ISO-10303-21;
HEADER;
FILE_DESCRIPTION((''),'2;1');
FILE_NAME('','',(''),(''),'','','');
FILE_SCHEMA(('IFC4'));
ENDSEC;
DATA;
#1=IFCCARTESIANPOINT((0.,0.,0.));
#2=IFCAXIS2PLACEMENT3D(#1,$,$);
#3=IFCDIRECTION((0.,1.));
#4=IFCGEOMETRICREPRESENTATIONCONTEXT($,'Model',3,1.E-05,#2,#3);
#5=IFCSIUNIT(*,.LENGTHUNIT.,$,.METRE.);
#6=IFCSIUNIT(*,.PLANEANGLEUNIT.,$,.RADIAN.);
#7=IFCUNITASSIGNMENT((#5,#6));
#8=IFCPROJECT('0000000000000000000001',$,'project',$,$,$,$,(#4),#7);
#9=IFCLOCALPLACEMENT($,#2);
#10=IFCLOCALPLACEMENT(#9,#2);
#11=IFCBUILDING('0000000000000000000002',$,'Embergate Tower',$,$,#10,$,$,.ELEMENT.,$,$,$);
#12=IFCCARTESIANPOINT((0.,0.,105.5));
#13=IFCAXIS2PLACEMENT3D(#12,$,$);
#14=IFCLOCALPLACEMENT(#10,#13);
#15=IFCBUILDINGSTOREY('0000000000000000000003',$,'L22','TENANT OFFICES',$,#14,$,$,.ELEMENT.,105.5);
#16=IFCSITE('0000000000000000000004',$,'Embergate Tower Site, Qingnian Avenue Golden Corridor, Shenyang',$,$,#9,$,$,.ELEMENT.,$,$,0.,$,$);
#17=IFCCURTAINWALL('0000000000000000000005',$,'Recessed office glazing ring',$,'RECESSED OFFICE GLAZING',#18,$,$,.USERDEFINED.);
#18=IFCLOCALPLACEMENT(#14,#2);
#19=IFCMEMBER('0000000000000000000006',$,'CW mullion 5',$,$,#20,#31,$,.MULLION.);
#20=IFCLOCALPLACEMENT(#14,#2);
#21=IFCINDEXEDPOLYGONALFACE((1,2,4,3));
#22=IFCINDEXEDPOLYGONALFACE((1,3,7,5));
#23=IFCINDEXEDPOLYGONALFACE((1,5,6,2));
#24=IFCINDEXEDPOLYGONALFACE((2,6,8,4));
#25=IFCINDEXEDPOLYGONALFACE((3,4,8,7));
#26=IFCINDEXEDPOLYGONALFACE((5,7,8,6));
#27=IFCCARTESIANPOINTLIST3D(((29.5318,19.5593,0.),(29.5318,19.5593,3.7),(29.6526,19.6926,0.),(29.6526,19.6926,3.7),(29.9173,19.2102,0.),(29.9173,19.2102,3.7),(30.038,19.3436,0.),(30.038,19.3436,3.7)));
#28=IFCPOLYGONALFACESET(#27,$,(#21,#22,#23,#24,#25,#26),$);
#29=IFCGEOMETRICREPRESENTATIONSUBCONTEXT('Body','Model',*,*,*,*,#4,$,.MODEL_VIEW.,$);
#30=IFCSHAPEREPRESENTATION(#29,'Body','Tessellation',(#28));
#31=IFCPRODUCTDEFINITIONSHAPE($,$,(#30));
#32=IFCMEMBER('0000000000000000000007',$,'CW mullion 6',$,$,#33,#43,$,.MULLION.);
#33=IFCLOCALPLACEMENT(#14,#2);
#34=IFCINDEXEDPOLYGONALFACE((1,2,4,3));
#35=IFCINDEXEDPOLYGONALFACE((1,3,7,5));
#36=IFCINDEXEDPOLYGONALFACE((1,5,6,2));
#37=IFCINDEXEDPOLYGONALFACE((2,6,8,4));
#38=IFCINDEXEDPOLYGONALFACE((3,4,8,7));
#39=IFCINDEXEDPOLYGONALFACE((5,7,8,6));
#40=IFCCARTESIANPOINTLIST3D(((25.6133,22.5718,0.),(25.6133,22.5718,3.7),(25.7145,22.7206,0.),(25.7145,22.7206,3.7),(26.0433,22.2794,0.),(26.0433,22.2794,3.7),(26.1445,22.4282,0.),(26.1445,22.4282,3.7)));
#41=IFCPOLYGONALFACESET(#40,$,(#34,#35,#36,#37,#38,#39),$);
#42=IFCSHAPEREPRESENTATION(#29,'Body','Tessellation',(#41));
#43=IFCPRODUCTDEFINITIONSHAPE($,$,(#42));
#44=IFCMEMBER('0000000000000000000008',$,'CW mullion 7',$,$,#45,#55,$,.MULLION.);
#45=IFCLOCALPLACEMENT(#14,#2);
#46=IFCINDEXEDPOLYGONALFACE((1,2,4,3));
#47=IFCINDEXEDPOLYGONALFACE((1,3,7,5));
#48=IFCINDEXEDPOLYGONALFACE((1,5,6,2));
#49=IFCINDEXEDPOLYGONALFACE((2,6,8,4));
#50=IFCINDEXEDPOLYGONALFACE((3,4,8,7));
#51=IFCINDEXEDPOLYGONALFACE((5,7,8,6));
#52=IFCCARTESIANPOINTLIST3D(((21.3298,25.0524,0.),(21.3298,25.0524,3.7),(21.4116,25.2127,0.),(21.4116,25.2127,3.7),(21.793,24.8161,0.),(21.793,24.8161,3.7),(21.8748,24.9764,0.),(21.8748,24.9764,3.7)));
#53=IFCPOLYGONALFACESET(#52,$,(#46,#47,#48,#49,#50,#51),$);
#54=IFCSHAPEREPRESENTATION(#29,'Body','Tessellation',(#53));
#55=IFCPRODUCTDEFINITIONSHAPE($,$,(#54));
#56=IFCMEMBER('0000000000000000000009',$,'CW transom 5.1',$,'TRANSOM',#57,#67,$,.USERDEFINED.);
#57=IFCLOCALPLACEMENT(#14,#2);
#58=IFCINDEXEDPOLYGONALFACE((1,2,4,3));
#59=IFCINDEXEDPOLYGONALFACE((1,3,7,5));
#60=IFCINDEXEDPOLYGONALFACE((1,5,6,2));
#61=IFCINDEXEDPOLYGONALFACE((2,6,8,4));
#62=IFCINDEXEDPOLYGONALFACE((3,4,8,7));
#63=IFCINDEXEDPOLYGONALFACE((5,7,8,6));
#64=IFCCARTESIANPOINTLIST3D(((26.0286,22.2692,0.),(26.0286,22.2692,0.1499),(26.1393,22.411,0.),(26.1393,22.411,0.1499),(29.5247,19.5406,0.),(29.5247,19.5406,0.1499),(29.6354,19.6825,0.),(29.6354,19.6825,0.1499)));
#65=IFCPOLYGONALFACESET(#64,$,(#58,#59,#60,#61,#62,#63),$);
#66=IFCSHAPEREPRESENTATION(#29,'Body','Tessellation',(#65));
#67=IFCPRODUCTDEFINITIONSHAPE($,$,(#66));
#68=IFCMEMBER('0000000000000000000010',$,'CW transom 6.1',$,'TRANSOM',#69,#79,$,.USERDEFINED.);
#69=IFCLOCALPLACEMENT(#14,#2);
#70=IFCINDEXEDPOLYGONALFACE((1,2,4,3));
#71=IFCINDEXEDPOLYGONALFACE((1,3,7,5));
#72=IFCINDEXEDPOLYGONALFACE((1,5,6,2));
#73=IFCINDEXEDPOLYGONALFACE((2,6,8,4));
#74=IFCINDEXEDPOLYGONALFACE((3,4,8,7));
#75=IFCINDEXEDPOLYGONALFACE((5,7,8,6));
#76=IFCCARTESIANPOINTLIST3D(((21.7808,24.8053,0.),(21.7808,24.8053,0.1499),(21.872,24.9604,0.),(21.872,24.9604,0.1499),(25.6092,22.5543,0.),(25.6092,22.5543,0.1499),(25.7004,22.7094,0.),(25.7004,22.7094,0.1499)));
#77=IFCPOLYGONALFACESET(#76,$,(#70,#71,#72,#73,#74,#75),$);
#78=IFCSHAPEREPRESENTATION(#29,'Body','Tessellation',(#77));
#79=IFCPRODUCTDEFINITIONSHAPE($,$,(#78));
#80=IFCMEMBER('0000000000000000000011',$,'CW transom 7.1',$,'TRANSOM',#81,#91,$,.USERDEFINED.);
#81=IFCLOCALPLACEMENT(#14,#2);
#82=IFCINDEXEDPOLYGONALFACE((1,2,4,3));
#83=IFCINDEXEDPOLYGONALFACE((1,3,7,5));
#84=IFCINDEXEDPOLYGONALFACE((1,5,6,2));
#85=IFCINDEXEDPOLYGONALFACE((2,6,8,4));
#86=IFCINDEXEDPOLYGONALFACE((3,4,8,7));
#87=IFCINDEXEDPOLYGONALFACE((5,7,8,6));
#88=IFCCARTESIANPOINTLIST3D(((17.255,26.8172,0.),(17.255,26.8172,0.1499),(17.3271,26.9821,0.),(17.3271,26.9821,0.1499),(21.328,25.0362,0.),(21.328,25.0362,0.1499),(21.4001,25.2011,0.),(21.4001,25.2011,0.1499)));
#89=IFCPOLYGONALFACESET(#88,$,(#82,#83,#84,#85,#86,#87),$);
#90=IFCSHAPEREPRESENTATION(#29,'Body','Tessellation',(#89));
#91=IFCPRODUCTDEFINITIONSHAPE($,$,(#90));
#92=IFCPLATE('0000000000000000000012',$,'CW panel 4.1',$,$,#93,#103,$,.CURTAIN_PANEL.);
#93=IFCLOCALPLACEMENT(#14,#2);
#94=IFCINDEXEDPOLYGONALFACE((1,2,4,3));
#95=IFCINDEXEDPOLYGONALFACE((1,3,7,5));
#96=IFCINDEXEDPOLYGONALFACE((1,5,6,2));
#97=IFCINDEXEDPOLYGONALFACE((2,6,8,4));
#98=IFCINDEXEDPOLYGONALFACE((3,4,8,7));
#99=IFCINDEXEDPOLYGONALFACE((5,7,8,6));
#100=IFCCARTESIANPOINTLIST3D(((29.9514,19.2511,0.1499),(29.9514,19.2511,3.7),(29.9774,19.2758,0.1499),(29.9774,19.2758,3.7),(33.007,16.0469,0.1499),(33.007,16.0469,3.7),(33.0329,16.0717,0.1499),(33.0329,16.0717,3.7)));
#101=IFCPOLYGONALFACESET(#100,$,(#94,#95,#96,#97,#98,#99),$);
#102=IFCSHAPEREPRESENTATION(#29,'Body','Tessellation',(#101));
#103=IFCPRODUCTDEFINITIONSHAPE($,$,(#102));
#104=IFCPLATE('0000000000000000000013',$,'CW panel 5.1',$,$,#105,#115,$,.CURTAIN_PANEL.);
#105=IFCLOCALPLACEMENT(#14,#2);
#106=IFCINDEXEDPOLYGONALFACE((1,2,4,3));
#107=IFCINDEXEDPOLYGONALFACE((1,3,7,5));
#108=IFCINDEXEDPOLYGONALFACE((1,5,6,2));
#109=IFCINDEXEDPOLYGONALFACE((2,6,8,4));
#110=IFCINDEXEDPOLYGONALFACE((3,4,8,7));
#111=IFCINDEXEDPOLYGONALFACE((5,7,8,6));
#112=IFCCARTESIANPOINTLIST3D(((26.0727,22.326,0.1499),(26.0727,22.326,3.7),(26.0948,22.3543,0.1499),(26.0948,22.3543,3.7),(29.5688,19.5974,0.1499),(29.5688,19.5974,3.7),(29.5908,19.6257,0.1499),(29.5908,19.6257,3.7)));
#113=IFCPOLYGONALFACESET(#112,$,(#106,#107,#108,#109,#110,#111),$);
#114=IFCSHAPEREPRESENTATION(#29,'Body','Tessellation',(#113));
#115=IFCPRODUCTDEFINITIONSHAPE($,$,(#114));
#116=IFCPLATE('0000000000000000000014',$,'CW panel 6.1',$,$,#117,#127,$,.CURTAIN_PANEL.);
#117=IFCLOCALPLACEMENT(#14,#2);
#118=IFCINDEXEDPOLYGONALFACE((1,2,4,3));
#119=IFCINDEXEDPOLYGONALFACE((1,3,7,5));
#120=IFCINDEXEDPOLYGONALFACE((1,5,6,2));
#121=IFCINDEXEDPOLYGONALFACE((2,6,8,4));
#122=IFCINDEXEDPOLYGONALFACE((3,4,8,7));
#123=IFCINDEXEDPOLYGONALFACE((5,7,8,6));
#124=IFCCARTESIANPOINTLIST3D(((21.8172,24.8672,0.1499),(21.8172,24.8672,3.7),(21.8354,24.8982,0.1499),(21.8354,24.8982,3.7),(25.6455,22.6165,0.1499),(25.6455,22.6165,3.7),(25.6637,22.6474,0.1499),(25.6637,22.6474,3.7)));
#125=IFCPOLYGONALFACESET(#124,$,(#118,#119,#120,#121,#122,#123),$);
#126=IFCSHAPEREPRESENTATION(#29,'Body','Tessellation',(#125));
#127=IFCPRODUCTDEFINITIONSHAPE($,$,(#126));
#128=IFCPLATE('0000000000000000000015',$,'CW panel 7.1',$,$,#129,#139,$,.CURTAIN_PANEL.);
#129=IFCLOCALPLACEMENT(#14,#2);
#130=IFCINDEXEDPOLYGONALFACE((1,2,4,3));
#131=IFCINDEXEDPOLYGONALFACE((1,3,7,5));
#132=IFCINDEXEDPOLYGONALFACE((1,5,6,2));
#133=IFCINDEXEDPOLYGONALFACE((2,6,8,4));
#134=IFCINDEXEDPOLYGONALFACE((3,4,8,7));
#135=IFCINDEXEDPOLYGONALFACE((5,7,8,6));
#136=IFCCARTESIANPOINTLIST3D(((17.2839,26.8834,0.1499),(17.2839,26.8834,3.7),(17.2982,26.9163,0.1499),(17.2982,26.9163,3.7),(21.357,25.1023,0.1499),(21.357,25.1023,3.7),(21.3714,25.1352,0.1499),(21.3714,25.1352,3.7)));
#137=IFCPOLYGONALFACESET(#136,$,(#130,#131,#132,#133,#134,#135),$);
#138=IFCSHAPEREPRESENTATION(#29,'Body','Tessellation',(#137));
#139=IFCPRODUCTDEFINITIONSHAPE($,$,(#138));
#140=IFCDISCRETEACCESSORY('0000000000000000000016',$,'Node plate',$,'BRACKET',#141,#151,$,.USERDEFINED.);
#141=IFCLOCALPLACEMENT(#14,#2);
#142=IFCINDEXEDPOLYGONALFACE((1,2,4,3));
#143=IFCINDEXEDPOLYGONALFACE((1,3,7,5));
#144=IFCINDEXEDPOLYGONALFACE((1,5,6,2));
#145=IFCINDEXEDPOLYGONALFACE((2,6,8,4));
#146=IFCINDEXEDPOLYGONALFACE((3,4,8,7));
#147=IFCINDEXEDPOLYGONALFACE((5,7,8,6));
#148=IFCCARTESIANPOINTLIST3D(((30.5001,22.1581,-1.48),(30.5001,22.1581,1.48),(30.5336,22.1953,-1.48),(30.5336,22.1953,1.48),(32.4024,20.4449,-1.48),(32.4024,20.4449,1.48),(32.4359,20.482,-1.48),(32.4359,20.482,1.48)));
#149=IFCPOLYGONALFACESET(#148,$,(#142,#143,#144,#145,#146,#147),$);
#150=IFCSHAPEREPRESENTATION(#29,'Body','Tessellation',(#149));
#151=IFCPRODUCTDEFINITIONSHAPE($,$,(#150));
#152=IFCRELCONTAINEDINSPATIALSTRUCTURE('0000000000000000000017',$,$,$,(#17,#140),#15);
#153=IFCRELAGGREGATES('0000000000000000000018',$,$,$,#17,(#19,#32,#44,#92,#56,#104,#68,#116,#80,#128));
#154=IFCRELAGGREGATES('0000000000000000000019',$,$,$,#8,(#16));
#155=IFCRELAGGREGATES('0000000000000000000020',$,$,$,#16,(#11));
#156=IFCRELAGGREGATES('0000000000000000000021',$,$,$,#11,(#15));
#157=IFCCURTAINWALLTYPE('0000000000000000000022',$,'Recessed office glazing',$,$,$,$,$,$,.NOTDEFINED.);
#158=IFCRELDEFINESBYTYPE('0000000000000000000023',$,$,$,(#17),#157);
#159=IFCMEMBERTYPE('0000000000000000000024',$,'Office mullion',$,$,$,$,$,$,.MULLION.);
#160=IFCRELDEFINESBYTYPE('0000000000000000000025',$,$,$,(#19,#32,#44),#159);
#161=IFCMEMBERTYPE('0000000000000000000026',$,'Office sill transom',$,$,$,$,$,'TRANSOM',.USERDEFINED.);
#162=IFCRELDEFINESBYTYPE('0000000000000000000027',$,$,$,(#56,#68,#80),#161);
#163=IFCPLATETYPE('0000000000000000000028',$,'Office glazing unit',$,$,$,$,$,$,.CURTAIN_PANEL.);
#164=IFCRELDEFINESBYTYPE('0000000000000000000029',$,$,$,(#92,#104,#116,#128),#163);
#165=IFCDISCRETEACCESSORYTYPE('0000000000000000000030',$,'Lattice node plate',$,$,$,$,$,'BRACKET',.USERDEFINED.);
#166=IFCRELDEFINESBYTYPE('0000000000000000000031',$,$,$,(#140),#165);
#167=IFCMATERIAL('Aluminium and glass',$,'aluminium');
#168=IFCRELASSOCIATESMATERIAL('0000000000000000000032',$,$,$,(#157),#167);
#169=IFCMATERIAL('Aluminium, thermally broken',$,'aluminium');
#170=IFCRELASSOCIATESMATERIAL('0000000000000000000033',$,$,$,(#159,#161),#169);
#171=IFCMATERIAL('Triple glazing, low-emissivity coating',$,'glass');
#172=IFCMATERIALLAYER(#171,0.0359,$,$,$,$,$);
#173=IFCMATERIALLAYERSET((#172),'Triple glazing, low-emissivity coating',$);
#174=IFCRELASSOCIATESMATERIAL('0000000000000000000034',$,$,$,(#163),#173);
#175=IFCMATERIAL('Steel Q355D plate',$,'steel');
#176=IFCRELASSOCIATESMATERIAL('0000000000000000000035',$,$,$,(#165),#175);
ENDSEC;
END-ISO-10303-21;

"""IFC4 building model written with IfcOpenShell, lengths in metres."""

from ifc_helpers import new_model, si_unit, direction, frame, origin, origin_2d, place, context, subcontext, project, spatial, rectangle, extrude, source, transform, mapped, material, layer, layer_set, material_profile, profile_set, type_object, element, aggregate, save


model = new_model("IFC4")

# Units and contexts
model_context = context("Model", 3, precision=1e-05, world=origin(), true_north=direction((0.0, 1.0)))
body_context = subcontext(model_context, "Body", "Model", "MODEL_VIEW")
ifc_project = project(units=[si_unit("LENGTHUNIT", "METRE"), si_unit("PLANEANGLEUNIT", "RADIAN")], contexts=[model_context])

# Site, building, storey
site_placement = place(None, origin())
site = spatial("IfcSite", under=ifc_project, at=site_placement, Name="Embergate Tower Site, Qingnian Avenue Golden Corridor, Shenyang", CompositionType="ELEMENT", RefElevation=0.0)
building_placement = place(site_placement, origin())
building = spatial("IfcBuilding", under=site, at=building_placement, Name="Embergate Tower", CompositionType="ELEMENT")
storey_placement = place(building_placement, frame((0.0, 0.0, 105.5)))
storey = spatial("IfcBuildingStorey", under=building, at=storey_placement, Name="L22", Description="TENANT OFFICES", CompositionType="ELEMENT", Elevation=105.5)

# Curtain wall, members, plates
ifc_material_1 = material(Name="Aluminium and glass", Category="aluminium")
curtain_wall_type = type_object("IfcCurtainWallType", Name="Recessed office glazing", PredefinedType="NOTDEFINED", material=ifc_material_1)
curtain_wall_placement = place(storey_placement, origin())
curtain_wall = element("IfcCurtainWall", 1, at=curtain_wall_placement, inside=storey, type_object=curtain_wall_type, Name="Recessed office glazing ring", ObjectType="RECESSED OFFICE GLAZING", PredefinedType="USERDEFINED")
ifc_material_2 = material(Name="Aluminium, thermally broken", Category="aluminium")
ifc_material_profile_1 = material_profile(ifc_material_2, rectangle(XDim=0.1799, YDim=0.52, at=origin_2d()), Name="AL 520x180")
ifc_profile_set_1 = profile_set([ifc_material_profile_1], Name="Aluminium, thermally broken")
member_type_1 = type_object("IfcMemberType", Name="Office mullion", PredefinedType="MULLION", material=ifc_profile_set_1)
shared_shape_1 = source(origin(), body_context, "Body", "SweptSolid", [
    extrude(rectangle(XDim=0.1799, YDim=0.52, at=origin_2d()), origin(), (0.0, 0.0, 1.0), 3.7),
])
member_1_placement = place(storey_placement, frame((29.7849, 19.4514, 0.0), z_axis=(0.0, 0.0, 1.0), x_axis=(-0.671238, -0.741242, 0.0)))
member_1 = element("IfcMember", 2, at=member_1_placement, type_object=member_type_1, Name="CW mullion 5", PredefinedType="MULLION", context=body_context, shape_type="MappedRepresentation", body=[
    mapped(shared_shape_1, transform((0.0, 0.0, 0.0))),
])
member_2_placement = place(storey_placement, frame((25.8789, 22.5, 0.0), z_axis=(0.0, 0.0, 1.0), x_axis=(-0.562228, -0.826982, 0.0)))
member_2 = element("IfcMember", 3, at=member_2_placement, type_object=member_type_1, Name="CW mullion 6", PredefinedType="MULLION", context=body_context, shape_type="MappedRepresentation", body=[
    mapped(shared_shape_1, transform((0.0, 0.0, 0.0))),
])
member_3_placement = place(storey_placement, frame((21.6023, 25.0144, 0.0), z_axis=(0.0, 0.0, 1.0), x_axis=(-0.454521, -0.890736, 0.0)))
member_3 = element("IfcMember", 4, at=member_3_placement, type_object=member_type_1, Name="CW mullion 7", PredefinedType="MULLION", context=body_context, shape_type="MappedRepresentation", body=[
    mapped(shared_shape_1, transform((0.0, 0.0, 0.0))),
])
ifc_material_profile_2 = material_profile(ifc_material_2, rectangle(XDim=0.1799, YDim=0.1499, at=origin_2d()), Name="AL 150x180")
ifc_profile_set_2 = profile_set([ifc_material_profile_2], Name="Aluminium, thermally broken")
member_type_2 = type_object("IfcMemberType", Name="Office sill transom", ElementType="TRANSOM", PredefinedType="USERDEFINED", material=ifc_profile_set_2)
shared_shape_2 = source(origin(), body_context, "Body", "SweptSolid", [
    extrude(rectangle(XDim=0.1799, YDim=0.1499, at=origin_2d()), origin(), (0.0, 0.0, 1.0), 4.4348),
])
member_4_placement = place(storey_placement, frame((29.5801, 19.6116, 0.075), z_axis=(-0.788331, 0.615251, 0.0), x_axis=(-0.615251, -0.788331, 0.0)))
member_4 = element("IfcMember", 5, at=member_4_placement, type_object=member_type_2, Name="CW transom 5.1", ObjectType="TRANSOM", PredefinedType="USERDEFINED", context=body_context, shape_type="MappedRepresentation", body=[
    mapped(shared_shape_2, transform((0.0, 0.0, 0.0))),
])
shared_shape_3 = source(origin(), body_context, "Body", "SweptSolid", [
    extrude(rectangle(XDim=0.1799, YDim=0.1499, at=origin_2d()), origin(), (0.0, 0.0, 1.0), 4.4412),
])
member_5_placement = place(storey_placement, frame((25.6548, 22.6318, 0.075), z_axis=(-0.862033, 0.506852, 0.0), x_axis=(-0.506852, -0.862033, 0.0)))
member_5 = element("IfcMember", 6, at=member_5_placement, type_object=member_type_2, Name="CW transom 6.1", ObjectType="TRANSOM", PredefinedType="USERDEFINED", context=body_context, shape_type="MappedRepresentation", body=[
    mapped(shared_shape_3, transform((0.0, 0.0, 0.0))),
])
shared_shape_4 = source(origin(), body_context, "Body", "SweptSolid", [
    extrude(rectangle(XDim=0.1799, YDim=0.1499, at=origin_2d()), origin(), (0.0, 0.0, 1.0), 4.4453),
])
member_6_placement = place(storey_placement, frame((21.364, 25.1187, 0.075), z_axis=(-0.916234, 0.400643, 0.0), x_axis=(-0.400643, -0.916234, 0.0)))
member_6 = element("IfcMember", 7, at=member_6_placement, type_object=member_type_2, Name="CW transom 7.1", ObjectType="TRANSOM", PredefinedType="USERDEFINED", context=body_context, shape_type="MappedRepresentation", body=[
    mapped(shared_shape_4, transform((0.0, 0.0, 0.0))),
])
ifc_material_3 = material(Name="Triple glazing, low-emissivity coating", Category="glass")
ifc_layer = layer(ifc_material_3, 0.0359)
ifc_layer_set = layer_set([ifc_layer], Name="Triple glazing, low-emissivity coating")
plate_type = type_object("IfcPlateType", Name="Office glazing unit", PredefinedType="CURTAIN_PANEL", material=ifc_layer_set)
shared_shape_5 = source(origin(), body_context, "Body", "SweptSolid", [
    extrude(rectangle(XDim=4.4275, YDim=0.0359, at=origin_2d()), origin(), (0.0, 0.0, 1.0), 3.55),
])
plate_1_placement = place(storey_placement, frame((31.4922, 17.6614, 0.1499), z_axis=(0.0, 0.0, 1.0), x_axis=(-0.690125, 0.72369, 0.0)))
plate_1 = element("IfcPlate", 8, at=plate_1_placement, type_object=plate_type, Name="CW panel 4.1", PredefinedType="CURTAIN_PANEL", context=body_context, shape_type="MappedRepresentation", body=[
    mapped(shared_shape_5, transform((0.0, 0.0, 0.0))),
])
shared_shape_6 = source(origin(), body_context, "Body", "SweptSolid", [
    extrude(rectangle(XDim=4.4348, YDim=0.0359, at=origin_2d()), origin(), (0.0, 0.0, 1.0), 3.55),
])
plate_2_placement = place(storey_placement, frame((27.8318, 20.9758, 0.1499), z_axis=(0.0, 0.0, 1.0), x_axis=(-0.788313, 0.615275, 0.0)))
plate_2 = element("IfcPlate", 9, at=plate_2_placement, type_object=plate_type, Name="CW panel 5.1", PredefinedType="CURTAIN_PANEL", context=body_context, shape_type="MappedRepresentation", body=[
    mapped(shared_shape_6, transform((0.0, 0.0, 0.0))),
])
shared_shape_7 = source(origin(), body_context, "Body", "SweptSolid", [
    extrude(rectangle(XDim=4.4409, YDim=0.0359, at=origin_2d()), origin(), (0.0, 0.0, 1.0), 3.55),
])
plate_3_placement = place(storey_placement, frame((23.7405, 23.7573, 0.1499), z_axis=(0.0, 0.0, 1.0), x_axis=(-0.862048, 0.506827, 0.0)))
plate_3 = element("IfcPlate", 10, at=plate_3_placement, type_object=plate_type, Name="CW panel 6.1", PredefinedType="CURTAIN_PANEL", context=body_context, shape_type="MappedRepresentation", body=[
    mapped(shared_shape_7, transform((0.0, 0.0, 0.0))),
])
shared_shape_8 = source(origin(), body_context, "Body", "SweptSolid", [
    extrude(rectangle(XDim=4.4456, YDim=0.0359, at=origin_2d()), origin(), (0.0, 0.0, 1.0), 3.55),
])
plate_4_placement = place(storey_placement, frame((19.3276, 26.0093, 0.1499), z_axis=(0.0, 0.0, 1.0), x_axis=(-0.916233, 0.400646, 0.0)))
plate_4 = element("IfcPlate", 11, at=plate_4_placement, type_object=plate_type, Name="CW panel 7.1", PredefinedType="CURTAIN_PANEL", context=body_context, shape_type="MappedRepresentation", body=[
    mapped(shared_shape_8, transform((0.0, 0.0, 0.0))),
])
aggregate(curtain_wall, [member_1, member_2, member_3, plate_1, member_4, plate_2, member_5, plate_3, member_6, plate_4])

# Discrete accessory
ifc_material_4 = material(Name="Steel Q355D plate", Category="steel")
discrete_accessory_type = type_object("IfcDiscreteAccessoryType", Name="Lattice node plate", ElementType="BRACKET", PredefinedType="USERDEFINED", material=ifc_material_4)
shared_shape_9 = source(origin(), body_context, "Body", "SweptSolid", [
    extrude(rectangle(XDim=2.5601, YDim=0.05, at=origin_2d()), origin(), (0.0, 0.0, 1.0), 2.96),
])
discrete_accessory_placement = place(storey_placement, frame((31.468, 21.3201, -1.48), z_axis=(0.0, 0.0, 1.0), x_axis=(-0.743063, 0.669221, 0.0)))
element("IfcDiscreteAccessory", 12, at=discrete_accessory_placement, inside=storey, type_object=discrete_accessory_type, Name="Node plate", ObjectType="BRACKET", PredefinedType="USERDEFINED", context=body_context, shape_type="MappedRepresentation", body=[
    mapped(shared_shape_9, transform((0.0, 0.0, 0.0))),
])

save(model, "model.ifc")
